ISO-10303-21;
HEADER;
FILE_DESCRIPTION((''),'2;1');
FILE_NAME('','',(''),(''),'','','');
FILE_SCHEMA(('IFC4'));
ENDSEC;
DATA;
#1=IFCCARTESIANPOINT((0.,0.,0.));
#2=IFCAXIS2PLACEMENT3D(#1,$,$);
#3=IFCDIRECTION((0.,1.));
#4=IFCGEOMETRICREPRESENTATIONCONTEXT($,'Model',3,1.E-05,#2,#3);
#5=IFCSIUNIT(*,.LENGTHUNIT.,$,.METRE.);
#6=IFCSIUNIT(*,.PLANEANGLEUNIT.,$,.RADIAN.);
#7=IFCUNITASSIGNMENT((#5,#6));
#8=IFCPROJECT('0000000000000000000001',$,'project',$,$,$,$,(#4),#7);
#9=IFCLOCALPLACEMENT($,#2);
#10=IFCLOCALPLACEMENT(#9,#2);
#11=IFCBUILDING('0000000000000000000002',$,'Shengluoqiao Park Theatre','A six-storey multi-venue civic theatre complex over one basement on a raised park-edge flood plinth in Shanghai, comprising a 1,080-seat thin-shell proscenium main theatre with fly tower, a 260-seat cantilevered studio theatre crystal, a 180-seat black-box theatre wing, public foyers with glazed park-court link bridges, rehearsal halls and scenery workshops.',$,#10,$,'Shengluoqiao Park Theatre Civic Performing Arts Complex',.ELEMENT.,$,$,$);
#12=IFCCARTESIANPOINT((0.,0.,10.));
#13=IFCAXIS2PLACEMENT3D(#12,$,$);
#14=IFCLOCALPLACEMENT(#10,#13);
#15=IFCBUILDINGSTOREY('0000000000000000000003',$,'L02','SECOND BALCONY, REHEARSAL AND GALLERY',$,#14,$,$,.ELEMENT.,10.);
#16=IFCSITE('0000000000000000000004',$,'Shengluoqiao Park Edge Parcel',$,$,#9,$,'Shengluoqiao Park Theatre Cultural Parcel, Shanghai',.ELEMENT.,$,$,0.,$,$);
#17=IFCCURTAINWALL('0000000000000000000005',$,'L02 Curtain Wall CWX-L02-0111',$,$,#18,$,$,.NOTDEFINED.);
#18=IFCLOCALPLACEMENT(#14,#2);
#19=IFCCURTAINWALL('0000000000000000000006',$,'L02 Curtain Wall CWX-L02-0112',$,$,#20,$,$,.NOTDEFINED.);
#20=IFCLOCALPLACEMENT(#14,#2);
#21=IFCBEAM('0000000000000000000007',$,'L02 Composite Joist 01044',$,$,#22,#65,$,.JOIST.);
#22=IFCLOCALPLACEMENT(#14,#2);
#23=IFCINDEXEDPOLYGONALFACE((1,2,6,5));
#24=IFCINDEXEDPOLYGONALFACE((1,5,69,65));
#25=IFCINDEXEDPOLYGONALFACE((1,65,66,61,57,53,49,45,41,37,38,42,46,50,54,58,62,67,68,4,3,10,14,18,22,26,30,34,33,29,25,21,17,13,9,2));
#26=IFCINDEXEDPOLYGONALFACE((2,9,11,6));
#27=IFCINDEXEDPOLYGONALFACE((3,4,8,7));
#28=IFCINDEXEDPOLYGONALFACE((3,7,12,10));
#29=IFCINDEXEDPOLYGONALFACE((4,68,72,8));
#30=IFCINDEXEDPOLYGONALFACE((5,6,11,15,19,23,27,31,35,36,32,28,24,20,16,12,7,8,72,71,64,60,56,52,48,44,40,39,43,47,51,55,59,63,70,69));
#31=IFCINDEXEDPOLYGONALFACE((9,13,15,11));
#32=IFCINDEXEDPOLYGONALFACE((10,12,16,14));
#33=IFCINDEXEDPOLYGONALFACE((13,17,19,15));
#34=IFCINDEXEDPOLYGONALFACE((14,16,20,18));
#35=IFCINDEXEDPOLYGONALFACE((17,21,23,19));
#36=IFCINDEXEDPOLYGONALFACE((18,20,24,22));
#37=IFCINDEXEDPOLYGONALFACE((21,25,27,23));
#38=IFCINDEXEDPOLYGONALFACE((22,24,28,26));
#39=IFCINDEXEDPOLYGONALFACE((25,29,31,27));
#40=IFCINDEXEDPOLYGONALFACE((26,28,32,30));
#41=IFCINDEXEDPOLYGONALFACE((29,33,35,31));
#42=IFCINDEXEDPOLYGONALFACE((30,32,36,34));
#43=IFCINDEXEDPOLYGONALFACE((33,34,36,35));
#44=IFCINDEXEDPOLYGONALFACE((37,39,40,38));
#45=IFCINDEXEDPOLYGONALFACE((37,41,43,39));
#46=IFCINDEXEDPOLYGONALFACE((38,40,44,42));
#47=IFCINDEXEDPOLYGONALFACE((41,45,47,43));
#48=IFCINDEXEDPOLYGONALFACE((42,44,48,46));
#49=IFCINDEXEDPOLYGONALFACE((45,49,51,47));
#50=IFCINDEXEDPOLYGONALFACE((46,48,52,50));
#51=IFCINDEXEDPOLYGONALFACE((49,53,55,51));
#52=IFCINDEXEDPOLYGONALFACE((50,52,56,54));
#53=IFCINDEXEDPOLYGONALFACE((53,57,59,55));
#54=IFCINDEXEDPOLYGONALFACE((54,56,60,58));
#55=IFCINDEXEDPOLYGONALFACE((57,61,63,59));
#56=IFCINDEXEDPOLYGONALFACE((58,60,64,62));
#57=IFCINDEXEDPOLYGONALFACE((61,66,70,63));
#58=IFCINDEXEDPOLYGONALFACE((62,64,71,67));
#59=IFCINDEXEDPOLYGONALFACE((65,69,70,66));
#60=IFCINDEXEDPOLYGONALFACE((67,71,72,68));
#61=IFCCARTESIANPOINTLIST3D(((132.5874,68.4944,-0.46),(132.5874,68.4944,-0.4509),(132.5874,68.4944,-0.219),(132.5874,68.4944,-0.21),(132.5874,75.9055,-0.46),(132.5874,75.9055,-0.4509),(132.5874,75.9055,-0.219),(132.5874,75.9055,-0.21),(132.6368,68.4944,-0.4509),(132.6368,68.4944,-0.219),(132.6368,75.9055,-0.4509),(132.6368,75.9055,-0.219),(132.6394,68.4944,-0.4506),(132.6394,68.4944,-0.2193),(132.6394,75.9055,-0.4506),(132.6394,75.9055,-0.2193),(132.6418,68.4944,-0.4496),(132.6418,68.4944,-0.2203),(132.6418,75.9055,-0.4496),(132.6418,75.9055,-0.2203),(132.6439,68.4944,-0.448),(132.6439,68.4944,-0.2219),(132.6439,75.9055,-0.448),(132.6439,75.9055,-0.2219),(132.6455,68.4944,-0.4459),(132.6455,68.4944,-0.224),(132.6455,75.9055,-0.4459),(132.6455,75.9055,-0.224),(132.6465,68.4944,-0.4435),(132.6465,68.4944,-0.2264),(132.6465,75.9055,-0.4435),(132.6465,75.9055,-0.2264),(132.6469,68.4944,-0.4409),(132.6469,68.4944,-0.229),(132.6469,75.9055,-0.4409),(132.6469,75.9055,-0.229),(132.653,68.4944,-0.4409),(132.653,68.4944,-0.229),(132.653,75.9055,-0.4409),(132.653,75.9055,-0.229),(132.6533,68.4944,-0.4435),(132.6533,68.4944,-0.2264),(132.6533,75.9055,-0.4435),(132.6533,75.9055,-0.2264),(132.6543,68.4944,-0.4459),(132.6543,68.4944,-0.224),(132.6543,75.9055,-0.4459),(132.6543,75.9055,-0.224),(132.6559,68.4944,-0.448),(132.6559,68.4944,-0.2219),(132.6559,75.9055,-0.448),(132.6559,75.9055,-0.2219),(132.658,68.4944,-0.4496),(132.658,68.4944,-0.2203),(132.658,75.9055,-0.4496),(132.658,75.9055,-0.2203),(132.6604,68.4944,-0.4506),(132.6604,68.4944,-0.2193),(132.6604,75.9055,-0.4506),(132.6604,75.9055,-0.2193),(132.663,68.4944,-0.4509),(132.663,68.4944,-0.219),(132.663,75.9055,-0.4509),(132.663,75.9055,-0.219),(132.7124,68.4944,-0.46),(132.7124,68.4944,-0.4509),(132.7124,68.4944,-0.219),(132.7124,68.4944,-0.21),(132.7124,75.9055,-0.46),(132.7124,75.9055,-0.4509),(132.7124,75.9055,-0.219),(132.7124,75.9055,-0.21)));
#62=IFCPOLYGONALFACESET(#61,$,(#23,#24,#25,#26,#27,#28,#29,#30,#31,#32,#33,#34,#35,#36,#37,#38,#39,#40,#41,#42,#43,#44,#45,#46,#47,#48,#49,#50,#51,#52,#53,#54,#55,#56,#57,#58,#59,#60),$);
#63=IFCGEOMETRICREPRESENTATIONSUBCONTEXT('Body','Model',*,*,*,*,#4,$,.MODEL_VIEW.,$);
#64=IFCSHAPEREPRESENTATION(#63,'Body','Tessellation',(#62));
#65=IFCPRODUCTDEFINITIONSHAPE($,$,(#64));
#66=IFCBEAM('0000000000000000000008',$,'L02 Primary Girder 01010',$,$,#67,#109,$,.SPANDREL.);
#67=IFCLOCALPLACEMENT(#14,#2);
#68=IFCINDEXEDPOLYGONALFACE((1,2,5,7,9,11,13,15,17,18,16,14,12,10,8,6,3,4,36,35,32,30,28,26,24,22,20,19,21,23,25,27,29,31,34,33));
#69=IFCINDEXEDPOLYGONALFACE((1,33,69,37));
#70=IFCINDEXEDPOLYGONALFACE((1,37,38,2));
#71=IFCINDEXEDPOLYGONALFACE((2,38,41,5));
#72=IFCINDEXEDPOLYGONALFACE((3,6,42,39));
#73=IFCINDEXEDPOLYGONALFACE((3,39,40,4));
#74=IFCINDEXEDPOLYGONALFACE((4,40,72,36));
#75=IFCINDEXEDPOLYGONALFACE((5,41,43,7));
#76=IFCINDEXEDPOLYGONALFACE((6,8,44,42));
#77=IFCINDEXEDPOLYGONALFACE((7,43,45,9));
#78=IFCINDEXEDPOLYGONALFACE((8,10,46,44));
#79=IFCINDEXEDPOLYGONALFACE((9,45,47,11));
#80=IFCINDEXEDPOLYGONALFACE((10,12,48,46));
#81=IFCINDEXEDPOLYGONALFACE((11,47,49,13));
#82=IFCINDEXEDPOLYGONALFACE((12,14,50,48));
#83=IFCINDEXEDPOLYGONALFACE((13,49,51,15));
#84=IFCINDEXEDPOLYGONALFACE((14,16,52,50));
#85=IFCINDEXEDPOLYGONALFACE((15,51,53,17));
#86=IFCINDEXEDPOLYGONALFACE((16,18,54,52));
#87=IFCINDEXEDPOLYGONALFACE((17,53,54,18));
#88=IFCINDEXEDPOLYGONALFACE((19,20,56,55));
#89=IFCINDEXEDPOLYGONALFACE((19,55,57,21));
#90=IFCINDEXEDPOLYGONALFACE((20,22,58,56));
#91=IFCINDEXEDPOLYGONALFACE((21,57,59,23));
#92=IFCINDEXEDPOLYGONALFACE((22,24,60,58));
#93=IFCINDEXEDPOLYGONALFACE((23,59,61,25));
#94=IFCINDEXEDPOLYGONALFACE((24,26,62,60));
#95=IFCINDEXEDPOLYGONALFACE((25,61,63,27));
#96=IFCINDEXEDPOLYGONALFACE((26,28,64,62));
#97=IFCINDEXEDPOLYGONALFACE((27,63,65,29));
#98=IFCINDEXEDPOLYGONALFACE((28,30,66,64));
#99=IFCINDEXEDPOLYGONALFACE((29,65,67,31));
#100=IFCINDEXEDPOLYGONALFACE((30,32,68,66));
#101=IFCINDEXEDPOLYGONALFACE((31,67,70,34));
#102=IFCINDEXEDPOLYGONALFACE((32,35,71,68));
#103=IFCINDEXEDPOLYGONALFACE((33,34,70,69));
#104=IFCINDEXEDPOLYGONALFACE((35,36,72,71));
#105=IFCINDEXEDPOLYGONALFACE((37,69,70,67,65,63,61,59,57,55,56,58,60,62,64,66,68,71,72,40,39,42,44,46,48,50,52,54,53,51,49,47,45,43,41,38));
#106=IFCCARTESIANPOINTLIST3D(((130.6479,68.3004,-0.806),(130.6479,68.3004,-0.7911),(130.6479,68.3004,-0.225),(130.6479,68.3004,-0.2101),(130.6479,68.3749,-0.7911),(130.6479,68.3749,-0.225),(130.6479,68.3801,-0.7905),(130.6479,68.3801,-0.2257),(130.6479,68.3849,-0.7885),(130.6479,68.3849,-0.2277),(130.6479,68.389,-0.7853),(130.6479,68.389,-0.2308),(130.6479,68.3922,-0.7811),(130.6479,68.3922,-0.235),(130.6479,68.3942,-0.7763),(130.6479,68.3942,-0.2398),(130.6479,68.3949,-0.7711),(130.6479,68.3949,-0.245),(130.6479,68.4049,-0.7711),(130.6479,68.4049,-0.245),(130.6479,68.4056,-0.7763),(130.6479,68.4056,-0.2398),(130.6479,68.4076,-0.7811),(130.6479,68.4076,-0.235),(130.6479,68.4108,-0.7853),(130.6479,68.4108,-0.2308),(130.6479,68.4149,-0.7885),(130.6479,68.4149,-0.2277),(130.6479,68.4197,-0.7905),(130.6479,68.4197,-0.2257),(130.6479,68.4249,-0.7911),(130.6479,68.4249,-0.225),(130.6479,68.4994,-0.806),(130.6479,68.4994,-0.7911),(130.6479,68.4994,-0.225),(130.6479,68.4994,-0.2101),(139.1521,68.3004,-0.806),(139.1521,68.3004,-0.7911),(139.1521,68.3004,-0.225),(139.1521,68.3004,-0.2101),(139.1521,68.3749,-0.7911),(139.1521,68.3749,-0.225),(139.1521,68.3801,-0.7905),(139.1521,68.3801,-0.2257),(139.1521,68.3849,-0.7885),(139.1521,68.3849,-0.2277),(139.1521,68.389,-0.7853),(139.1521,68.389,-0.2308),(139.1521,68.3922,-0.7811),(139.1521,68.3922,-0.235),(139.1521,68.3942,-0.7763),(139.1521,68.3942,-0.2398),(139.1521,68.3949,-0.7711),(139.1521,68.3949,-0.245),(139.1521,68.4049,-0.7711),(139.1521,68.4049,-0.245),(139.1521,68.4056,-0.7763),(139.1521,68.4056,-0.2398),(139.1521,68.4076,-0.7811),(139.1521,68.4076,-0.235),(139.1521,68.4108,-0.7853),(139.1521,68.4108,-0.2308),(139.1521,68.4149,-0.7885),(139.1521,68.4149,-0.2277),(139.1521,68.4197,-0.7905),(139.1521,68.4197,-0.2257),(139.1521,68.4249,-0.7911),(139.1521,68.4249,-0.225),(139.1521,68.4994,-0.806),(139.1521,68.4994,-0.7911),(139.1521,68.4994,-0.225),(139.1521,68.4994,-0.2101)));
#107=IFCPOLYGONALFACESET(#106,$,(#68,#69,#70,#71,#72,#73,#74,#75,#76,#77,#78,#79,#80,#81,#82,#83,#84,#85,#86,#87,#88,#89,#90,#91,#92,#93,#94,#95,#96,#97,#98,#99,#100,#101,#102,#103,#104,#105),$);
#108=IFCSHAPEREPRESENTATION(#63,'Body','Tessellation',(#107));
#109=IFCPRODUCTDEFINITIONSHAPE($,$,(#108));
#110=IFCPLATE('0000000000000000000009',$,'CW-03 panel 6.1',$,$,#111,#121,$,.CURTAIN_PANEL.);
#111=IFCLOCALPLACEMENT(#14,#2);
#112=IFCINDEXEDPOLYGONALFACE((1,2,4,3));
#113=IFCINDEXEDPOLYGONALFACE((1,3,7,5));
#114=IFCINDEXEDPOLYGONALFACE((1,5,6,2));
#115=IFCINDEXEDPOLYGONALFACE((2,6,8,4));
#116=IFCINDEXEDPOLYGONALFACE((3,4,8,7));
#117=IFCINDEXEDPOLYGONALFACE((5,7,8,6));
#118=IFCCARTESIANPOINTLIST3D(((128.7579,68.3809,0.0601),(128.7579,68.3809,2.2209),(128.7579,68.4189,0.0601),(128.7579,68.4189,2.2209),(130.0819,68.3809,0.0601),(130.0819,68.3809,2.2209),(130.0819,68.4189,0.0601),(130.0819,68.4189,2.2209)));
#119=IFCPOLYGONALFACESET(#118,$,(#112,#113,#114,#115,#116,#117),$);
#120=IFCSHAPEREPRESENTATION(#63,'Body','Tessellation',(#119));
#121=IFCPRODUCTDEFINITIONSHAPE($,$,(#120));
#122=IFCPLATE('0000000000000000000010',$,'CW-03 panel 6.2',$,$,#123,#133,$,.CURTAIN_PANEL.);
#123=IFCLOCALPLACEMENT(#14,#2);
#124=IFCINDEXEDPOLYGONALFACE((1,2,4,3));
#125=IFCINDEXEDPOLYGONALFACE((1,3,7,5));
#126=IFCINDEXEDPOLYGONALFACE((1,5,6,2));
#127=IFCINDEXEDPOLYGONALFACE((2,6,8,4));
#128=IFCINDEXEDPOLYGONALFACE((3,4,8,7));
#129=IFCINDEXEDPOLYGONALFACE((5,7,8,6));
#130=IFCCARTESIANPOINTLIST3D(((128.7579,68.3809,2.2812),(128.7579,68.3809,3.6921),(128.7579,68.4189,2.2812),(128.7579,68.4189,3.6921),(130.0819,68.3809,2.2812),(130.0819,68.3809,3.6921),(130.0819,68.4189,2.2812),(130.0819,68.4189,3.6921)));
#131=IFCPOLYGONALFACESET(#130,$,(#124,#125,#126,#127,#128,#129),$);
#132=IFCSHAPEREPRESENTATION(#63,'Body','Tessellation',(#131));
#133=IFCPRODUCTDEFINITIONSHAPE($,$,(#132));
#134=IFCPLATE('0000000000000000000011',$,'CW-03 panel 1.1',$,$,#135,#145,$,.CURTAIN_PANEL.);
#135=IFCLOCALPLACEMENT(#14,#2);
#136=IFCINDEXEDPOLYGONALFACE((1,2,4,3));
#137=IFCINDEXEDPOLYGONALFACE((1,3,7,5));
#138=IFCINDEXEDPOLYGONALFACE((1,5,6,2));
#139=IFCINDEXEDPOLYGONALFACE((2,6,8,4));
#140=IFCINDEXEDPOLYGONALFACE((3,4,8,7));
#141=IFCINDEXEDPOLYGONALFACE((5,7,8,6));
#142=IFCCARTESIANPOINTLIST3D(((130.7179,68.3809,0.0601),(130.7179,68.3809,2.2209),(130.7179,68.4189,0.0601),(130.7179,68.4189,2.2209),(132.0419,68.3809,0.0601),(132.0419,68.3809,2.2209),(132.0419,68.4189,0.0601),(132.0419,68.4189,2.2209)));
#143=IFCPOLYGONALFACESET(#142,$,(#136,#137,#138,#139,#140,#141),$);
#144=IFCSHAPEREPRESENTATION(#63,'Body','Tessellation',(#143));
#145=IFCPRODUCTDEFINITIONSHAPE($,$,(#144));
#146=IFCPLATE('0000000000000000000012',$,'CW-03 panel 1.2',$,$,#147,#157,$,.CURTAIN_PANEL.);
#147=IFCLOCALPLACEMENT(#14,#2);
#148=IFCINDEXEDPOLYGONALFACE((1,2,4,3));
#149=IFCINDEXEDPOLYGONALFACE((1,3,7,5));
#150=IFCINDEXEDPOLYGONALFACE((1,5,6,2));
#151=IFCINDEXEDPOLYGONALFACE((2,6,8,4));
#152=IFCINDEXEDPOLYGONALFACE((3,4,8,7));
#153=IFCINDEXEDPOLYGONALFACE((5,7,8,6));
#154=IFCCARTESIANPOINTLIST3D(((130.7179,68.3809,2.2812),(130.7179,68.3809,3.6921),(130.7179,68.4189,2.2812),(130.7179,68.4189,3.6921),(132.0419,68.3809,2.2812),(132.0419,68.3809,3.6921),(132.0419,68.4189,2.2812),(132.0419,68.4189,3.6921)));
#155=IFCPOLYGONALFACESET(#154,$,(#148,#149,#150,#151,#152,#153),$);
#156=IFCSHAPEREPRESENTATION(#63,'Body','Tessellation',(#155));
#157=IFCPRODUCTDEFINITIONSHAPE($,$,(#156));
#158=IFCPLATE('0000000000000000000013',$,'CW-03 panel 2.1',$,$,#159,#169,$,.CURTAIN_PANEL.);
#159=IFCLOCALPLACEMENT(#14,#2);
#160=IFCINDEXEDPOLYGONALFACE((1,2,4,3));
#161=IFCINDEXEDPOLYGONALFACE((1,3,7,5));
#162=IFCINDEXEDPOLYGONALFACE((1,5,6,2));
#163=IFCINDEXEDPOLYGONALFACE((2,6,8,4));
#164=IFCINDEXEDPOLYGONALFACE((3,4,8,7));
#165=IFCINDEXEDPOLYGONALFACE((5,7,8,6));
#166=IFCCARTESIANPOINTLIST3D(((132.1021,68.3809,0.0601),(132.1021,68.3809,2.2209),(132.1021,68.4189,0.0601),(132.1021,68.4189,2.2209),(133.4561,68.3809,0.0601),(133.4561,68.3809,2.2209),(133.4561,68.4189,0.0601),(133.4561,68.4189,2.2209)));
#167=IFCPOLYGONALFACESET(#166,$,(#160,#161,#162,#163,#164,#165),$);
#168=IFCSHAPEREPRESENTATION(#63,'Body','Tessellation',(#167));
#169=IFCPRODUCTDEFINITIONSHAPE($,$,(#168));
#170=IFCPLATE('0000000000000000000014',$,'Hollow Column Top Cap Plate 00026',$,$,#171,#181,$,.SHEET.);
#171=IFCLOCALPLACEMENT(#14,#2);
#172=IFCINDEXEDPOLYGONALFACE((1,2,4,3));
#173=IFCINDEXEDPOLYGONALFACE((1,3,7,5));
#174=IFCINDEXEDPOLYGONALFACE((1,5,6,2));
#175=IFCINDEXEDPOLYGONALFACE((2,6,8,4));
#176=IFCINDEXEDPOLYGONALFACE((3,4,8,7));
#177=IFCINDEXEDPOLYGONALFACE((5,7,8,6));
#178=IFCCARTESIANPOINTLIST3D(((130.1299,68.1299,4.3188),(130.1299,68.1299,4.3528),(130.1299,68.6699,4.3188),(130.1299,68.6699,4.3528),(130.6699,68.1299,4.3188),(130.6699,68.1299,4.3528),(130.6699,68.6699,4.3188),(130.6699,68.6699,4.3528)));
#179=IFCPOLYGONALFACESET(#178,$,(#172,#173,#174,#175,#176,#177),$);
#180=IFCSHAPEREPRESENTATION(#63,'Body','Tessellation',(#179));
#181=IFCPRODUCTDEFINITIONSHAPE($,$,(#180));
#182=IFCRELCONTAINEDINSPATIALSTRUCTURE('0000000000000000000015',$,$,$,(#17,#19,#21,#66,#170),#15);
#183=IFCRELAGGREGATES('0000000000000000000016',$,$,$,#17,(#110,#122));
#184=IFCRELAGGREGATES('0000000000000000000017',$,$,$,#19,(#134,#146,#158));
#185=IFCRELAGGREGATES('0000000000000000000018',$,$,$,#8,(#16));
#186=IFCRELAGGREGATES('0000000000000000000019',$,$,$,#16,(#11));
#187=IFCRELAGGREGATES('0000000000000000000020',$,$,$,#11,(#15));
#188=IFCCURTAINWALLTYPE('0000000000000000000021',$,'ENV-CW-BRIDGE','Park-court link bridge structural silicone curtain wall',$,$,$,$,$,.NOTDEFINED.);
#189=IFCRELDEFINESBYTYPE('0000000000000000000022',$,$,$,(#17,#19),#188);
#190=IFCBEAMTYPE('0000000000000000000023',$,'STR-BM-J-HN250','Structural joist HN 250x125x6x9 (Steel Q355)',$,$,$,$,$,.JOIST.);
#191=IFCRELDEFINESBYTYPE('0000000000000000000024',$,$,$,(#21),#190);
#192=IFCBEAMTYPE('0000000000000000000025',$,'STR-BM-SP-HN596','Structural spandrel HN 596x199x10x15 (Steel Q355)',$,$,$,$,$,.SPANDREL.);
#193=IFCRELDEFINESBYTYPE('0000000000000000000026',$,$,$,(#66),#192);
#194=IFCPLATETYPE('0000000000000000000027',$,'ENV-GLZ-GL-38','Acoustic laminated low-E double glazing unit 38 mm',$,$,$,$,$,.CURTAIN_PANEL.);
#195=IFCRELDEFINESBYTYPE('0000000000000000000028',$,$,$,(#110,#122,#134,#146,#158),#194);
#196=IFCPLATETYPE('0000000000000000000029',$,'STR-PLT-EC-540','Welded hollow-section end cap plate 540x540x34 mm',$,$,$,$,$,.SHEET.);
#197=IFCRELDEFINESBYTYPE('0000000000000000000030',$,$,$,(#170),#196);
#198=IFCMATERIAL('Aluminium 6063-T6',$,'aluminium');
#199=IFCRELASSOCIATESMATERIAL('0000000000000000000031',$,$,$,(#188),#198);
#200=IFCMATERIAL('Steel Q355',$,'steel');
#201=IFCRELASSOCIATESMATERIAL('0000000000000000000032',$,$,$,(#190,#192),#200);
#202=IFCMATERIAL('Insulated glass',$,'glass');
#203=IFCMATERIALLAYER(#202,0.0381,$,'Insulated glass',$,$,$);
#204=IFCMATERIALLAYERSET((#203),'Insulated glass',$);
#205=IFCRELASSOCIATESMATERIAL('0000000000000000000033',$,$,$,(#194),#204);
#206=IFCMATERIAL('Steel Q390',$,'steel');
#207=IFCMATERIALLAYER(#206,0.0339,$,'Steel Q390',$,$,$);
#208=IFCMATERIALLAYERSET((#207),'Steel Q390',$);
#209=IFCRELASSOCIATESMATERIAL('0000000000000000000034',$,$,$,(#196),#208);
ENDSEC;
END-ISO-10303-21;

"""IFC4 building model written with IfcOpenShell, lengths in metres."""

from ifc_helpers import new_model, si_unit, direction, frame, origin, origin_2d, place, context, subcontext, project, spatial, rectangle, i_section, extrude, material, layer, layer_set, material_profile, profile_set, type_object, element, aggregate, save


model = new_model("IFC4")

# Units and contexts
model_context = context("Model", 3, precision=1e-05, world=origin(), true_north=direction((0.0, 1.0)))
body_context = subcontext(model_context, "Body", "Model", "MODEL_VIEW")
ifc_project = project(units=[si_unit("LENGTHUNIT", "METRE"), si_unit("PLANEANGLEUNIT", "RADIAN")], contexts=[model_context])

# Site, building, storey
site_placement = place(None, origin())
site = spatial("IfcSite", under=ifc_project, at=site_placement, Name="Shengluoqiao Park Edge Parcel", LongName="Shengluoqiao Park Theatre Cultural Parcel, Shanghai", CompositionType="ELEMENT", RefElevation=0.0)
building_placement = place(site_placement, origin())
building = spatial("IfcBuilding", under=site, at=building_placement, Name="Shengluoqiao Park Theatre", Description="A six-storey multi-venue civic theatre complex over one basement on a raised park-edge flood plinth in Shanghai, comprising a 1,080-seat thin-shell proscenium main theatre with fly tower, a 260-seat cantilevered studio theatre crystal, a 180-seat black-box theatre wing, public foyers with glazed park-court link bridges, rehearsal halls and scenery workshops.", LongName="Shengluoqiao Park Theatre Civic Performing Arts Complex", CompositionType="ELEMENT")
storey_placement = place(building_placement, frame((0.0, 0.0, 10.0)))
storey = spatial("IfcBuildingStorey", under=building, at=storey_placement, Name="L02", Description="SECOND BALCONY, REHEARSAL AND GALLERY", CompositionType="ELEMENT", Elevation=10.0)

# Shared definitions
ifc_material_1 = material(Name="Steel Q390", Category="steel")

# Curtain walls
ifc_material_2 = material(Name="Aluminium 6063-T6", Category="aluminium")
curtain_wall_type = type_object("IfcCurtainWallType", Name="ENV-CW-BRIDGE", Description="Park-court link bridge structural silicone curtain wall", PredefinedType="NOTDEFINED", material=ifc_material_2)
curtain_wall_1_placement = place(storey_placement, origin())
curtain_wall_1 = element("IfcCurtainWall", 1, at=curtain_wall_1_placement, inside=storey, type_object=curtain_wall_type, Name="L02 Curtain Wall CWX-L02-0111", PredefinedType="NOTDEFINED")
curtain_wall_2_placement = place(storey_placement, origin())
curtain_wall_2 = element("IfcCurtainWall", 2, at=curtain_wall_2_placement, inside=storey, type_object=curtain_wall_type, Name="L02 Curtain Wall CWX-L02-0112", PredefinedType="NOTDEFINED")

# Beams
ifc_material_3 = material(Name="Steel Q355", Category="steel")
ifc_material_profile_1 = material_profile(ifc_material_3, i_section(OverallWidth=0.125, OverallDepth=0.25, WebThickness=0.0061, FlangeThickness=0.009, FilletRadius=0.01, at=origin_2d()), Name="HN 250x125x6x9")
ifc_profile_set_1 = profile_set([ifc_material_profile_1], Name="Steel Q355")
beam_type_1 = type_object("IfcBeamType", Name="STR-BM-J-HN250", Description="Structural joist HN 250x125x6x9 (Steel Q355)", PredefinedType="JOIST", material=ifc_profile_set_1)
for number, where, z_axis, x_axis, name in (
    (3, (132.6499, 68.4944, -0.335), (0.0, 1.0, 0.0), (-1.0, 0.0, 0.0), "L02 Composite Joist 01044"),
):
    element("IfcBeam", number, at=place(storey_placement, frame(where, z_axis=z_axis, x_axis=x_axis)), inside=storey, type_object=beam_type_1, Name=name, PredefinedType="JOIST", context=body_context, shape_type="SweptSolid", body=[
        extrude(i_section(OverallWidth=0.125, OverallDepth=0.25, WebThickness=0.0061, FlangeThickness=0.009, FilletRadius=0.01, at=origin_2d()), origin(), (0.0, 0.0, 1.0), 7.4111),
    ])
ifc_material_profile_2 = material_profile(ifc_material_3, i_section(OverallWidth=0.199, OverallDepth=0.5959, WebThickness=0.01, FlangeThickness=0.0149, FilletRadius=0.02, at=origin_2d()), Name="HN 596x199x10x15")
ifc_profile_set_2 = profile_set([ifc_material_profile_2], Name="Steel Q355")
beam_type_2 = type_object("IfcBeamType", Name="STR-BM-SP-HN596", Description="Structural spandrel HN 596x199x10x15 (Steel Q355)", PredefinedType="SPANDREL", material=ifc_profile_set_2)
beam_placement = place(storey_placement, frame((130.6479, 68.3999, -0.5081), z_axis=(1.0, 0.0, 0.0), x_axis=(0.0, 1.0, 0.0)))
element("IfcBeam", 4, at=beam_placement, inside=storey, type_object=beam_type_2, Name="L02 Primary Girder 01010", PredefinedType="SPANDREL", context=body_context, shape_type="SweptSolid", body=[
    extrude(i_section(OverallWidth=0.199, OverallDepth=0.5959, WebThickness=0.01, FlangeThickness=0.0149, FilletRadius=0.02, at=origin_2d()), origin(), (0.0, 0.0, 1.0), 8.5042),
])

# Plates
ifc_material_4 = material(Name="Insulated glass", Category="glass")
ifc_layer_1 = layer(ifc_material_4, 0.0381, Name="Insulated glass")
ifc_layer_set_1 = layer_set([ifc_layer_1], Name="Insulated glass")
plate_type_1 = type_object("IfcPlateType", Name="ENV-GLZ-GL-38", Description="Acoustic laminated low-E double glazing unit 38 mm", PredefinedType="CURTAIN_PANEL", material=ifc_layer_set_1)
plate_1_placement = place(storey_placement, frame((129.4199, 68.3999, 0.0601), z_axis=(0.0, 0.0, 1.0), x_axis=(1.0, 0.0, 0.0)))
plate_1 = element("IfcPlate", 5, at=plate_1_placement, type_object=plate_type_1, Name="CW-03 panel 6.1", PredefinedType="CURTAIN_PANEL", context=body_context, shape_type="SweptSolid", body=[
    extrude(rectangle(XDim=1.324, YDim=0.0381, at=origin_2d()), origin(), (0.0, 0.0, 1.0), 2.1609),
])
plate_2_placement = place(storey_placement, frame((129.4199, 68.3999, 2.2812), z_axis=(0.0, 0.0, 1.0), x_axis=(1.0, 0.0, 0.0)))
plate_2 = element("IfcPlate", 6, at=plate_2_placement, type_object=plate_type_1, Name="CW-03 panel 6.2", PredefinedType="CURTAIN_PANEL", context=body_context, shape_type="SweptSolid", body=[
    extrude(rectangle(XDim=1.324, YDim=0.0381, at=origin_2d()), origin(), (0.0, 0.0, 1.0), 1.4109),
])
aggregate(curtain_wall_1, [plate_1, plate_2])
plate_3_placement = place(storey_placement, frame((131.3799, 68.3999, 0.0601), z_axis=(0.0, 0.0, 1.0), x_axis=(1.0, 0.0, 0.0)))
plate_3 = element("IfcPlate", 7, at=plate_3_placement, type_object=plate_type_1, Name="CW-03 panel 1.1", PredefinedType="CURTAIN_PANEL", context=body_context, shape_type="SweptSolid", body=[
    extrude(rectangle(XDim=1.324, YDim=0.0381, at=origin_2d()), origin(), (0.0, 0.0, 1.0), 2.1609),
])
plate_4_placement = place(storey_placement, frame((131.3799, 68.3999, 2.2812), z_axis=(0.0, 0.0, 1.0), x_axis=(1.0, 0.0, 0.0)))
plate_4 = element("IfcPlate", 8, at=plate_4_placement, type_object=plate_type_1, Name="CW-03 panel 1.2", PredefinedType="CURTAIN_PANEL", context=body_context, shape_type="SweptSolid", body=[
    extrude(rectangle(XDim=1.324, YDim=0.0381, at=origin_2d()), origin(), (0.0, 0.0, 1.0), 1.4109),
])
plate_5_placement = place(storey_placement, frame((132.7791, 68.3999, 0.0601), z_axis=(0.0, 0.0, 1.0), x_axis=(1.0, 0.0, 0.0)))
plate_5 = element("IfcPlate", 9, at=plate_5_placement, type_object=plate_type_1, Name="CW-03 panel 2.1", PredefinedType="CURTAIN_PANEL", context=body_context, shape_type="SweptSolid", body=[
    extrude(rectangle(XDim=1.354, YDim=0.0381, at=origin_2d()), origin(), (0.0, 0.0, 1.0), 2.1609),
])
aggregate(curtain_wall_2, [plate_3, plate_4, plate_5])
ifc_layer_2 = layer(ifc_material_1, 0.0339, Name="Steel Q390")
ifc_layer_set_2 = layer_set([ifc_layer_2], Name="Steel Q390")
plate_type_2 = type_object("IfcPlateType", Name="STR-PLT-EC-540", Description="Welded hollow-section end cap plate 540x540x34 mm", PredefinedType="SHEET", material=ifc_layer_set_2)
plate_6_placement = place(storey_placement, frame((130.3999, 68.3999, 4.3188), z_axis=(0.0, 0.0, 1.0), x_axis=(1.0, 0.0, 0.0)))
element("IfcPlate", 10, at=plate_6_placement, inside=storey, type_object=plate_type_2, Name="Hollow Column Top Cap Plate 00026", PredefinedType="SHEET", context=body_context, shape_type="SweptSolid", body=[
    extrude(rectangle(XDim=0.54, YDim=0.54, at=origin_2d()), origin(), (0.0, 0.0, 1.0), 0.0339),
])

save(model, "model.ifc")
